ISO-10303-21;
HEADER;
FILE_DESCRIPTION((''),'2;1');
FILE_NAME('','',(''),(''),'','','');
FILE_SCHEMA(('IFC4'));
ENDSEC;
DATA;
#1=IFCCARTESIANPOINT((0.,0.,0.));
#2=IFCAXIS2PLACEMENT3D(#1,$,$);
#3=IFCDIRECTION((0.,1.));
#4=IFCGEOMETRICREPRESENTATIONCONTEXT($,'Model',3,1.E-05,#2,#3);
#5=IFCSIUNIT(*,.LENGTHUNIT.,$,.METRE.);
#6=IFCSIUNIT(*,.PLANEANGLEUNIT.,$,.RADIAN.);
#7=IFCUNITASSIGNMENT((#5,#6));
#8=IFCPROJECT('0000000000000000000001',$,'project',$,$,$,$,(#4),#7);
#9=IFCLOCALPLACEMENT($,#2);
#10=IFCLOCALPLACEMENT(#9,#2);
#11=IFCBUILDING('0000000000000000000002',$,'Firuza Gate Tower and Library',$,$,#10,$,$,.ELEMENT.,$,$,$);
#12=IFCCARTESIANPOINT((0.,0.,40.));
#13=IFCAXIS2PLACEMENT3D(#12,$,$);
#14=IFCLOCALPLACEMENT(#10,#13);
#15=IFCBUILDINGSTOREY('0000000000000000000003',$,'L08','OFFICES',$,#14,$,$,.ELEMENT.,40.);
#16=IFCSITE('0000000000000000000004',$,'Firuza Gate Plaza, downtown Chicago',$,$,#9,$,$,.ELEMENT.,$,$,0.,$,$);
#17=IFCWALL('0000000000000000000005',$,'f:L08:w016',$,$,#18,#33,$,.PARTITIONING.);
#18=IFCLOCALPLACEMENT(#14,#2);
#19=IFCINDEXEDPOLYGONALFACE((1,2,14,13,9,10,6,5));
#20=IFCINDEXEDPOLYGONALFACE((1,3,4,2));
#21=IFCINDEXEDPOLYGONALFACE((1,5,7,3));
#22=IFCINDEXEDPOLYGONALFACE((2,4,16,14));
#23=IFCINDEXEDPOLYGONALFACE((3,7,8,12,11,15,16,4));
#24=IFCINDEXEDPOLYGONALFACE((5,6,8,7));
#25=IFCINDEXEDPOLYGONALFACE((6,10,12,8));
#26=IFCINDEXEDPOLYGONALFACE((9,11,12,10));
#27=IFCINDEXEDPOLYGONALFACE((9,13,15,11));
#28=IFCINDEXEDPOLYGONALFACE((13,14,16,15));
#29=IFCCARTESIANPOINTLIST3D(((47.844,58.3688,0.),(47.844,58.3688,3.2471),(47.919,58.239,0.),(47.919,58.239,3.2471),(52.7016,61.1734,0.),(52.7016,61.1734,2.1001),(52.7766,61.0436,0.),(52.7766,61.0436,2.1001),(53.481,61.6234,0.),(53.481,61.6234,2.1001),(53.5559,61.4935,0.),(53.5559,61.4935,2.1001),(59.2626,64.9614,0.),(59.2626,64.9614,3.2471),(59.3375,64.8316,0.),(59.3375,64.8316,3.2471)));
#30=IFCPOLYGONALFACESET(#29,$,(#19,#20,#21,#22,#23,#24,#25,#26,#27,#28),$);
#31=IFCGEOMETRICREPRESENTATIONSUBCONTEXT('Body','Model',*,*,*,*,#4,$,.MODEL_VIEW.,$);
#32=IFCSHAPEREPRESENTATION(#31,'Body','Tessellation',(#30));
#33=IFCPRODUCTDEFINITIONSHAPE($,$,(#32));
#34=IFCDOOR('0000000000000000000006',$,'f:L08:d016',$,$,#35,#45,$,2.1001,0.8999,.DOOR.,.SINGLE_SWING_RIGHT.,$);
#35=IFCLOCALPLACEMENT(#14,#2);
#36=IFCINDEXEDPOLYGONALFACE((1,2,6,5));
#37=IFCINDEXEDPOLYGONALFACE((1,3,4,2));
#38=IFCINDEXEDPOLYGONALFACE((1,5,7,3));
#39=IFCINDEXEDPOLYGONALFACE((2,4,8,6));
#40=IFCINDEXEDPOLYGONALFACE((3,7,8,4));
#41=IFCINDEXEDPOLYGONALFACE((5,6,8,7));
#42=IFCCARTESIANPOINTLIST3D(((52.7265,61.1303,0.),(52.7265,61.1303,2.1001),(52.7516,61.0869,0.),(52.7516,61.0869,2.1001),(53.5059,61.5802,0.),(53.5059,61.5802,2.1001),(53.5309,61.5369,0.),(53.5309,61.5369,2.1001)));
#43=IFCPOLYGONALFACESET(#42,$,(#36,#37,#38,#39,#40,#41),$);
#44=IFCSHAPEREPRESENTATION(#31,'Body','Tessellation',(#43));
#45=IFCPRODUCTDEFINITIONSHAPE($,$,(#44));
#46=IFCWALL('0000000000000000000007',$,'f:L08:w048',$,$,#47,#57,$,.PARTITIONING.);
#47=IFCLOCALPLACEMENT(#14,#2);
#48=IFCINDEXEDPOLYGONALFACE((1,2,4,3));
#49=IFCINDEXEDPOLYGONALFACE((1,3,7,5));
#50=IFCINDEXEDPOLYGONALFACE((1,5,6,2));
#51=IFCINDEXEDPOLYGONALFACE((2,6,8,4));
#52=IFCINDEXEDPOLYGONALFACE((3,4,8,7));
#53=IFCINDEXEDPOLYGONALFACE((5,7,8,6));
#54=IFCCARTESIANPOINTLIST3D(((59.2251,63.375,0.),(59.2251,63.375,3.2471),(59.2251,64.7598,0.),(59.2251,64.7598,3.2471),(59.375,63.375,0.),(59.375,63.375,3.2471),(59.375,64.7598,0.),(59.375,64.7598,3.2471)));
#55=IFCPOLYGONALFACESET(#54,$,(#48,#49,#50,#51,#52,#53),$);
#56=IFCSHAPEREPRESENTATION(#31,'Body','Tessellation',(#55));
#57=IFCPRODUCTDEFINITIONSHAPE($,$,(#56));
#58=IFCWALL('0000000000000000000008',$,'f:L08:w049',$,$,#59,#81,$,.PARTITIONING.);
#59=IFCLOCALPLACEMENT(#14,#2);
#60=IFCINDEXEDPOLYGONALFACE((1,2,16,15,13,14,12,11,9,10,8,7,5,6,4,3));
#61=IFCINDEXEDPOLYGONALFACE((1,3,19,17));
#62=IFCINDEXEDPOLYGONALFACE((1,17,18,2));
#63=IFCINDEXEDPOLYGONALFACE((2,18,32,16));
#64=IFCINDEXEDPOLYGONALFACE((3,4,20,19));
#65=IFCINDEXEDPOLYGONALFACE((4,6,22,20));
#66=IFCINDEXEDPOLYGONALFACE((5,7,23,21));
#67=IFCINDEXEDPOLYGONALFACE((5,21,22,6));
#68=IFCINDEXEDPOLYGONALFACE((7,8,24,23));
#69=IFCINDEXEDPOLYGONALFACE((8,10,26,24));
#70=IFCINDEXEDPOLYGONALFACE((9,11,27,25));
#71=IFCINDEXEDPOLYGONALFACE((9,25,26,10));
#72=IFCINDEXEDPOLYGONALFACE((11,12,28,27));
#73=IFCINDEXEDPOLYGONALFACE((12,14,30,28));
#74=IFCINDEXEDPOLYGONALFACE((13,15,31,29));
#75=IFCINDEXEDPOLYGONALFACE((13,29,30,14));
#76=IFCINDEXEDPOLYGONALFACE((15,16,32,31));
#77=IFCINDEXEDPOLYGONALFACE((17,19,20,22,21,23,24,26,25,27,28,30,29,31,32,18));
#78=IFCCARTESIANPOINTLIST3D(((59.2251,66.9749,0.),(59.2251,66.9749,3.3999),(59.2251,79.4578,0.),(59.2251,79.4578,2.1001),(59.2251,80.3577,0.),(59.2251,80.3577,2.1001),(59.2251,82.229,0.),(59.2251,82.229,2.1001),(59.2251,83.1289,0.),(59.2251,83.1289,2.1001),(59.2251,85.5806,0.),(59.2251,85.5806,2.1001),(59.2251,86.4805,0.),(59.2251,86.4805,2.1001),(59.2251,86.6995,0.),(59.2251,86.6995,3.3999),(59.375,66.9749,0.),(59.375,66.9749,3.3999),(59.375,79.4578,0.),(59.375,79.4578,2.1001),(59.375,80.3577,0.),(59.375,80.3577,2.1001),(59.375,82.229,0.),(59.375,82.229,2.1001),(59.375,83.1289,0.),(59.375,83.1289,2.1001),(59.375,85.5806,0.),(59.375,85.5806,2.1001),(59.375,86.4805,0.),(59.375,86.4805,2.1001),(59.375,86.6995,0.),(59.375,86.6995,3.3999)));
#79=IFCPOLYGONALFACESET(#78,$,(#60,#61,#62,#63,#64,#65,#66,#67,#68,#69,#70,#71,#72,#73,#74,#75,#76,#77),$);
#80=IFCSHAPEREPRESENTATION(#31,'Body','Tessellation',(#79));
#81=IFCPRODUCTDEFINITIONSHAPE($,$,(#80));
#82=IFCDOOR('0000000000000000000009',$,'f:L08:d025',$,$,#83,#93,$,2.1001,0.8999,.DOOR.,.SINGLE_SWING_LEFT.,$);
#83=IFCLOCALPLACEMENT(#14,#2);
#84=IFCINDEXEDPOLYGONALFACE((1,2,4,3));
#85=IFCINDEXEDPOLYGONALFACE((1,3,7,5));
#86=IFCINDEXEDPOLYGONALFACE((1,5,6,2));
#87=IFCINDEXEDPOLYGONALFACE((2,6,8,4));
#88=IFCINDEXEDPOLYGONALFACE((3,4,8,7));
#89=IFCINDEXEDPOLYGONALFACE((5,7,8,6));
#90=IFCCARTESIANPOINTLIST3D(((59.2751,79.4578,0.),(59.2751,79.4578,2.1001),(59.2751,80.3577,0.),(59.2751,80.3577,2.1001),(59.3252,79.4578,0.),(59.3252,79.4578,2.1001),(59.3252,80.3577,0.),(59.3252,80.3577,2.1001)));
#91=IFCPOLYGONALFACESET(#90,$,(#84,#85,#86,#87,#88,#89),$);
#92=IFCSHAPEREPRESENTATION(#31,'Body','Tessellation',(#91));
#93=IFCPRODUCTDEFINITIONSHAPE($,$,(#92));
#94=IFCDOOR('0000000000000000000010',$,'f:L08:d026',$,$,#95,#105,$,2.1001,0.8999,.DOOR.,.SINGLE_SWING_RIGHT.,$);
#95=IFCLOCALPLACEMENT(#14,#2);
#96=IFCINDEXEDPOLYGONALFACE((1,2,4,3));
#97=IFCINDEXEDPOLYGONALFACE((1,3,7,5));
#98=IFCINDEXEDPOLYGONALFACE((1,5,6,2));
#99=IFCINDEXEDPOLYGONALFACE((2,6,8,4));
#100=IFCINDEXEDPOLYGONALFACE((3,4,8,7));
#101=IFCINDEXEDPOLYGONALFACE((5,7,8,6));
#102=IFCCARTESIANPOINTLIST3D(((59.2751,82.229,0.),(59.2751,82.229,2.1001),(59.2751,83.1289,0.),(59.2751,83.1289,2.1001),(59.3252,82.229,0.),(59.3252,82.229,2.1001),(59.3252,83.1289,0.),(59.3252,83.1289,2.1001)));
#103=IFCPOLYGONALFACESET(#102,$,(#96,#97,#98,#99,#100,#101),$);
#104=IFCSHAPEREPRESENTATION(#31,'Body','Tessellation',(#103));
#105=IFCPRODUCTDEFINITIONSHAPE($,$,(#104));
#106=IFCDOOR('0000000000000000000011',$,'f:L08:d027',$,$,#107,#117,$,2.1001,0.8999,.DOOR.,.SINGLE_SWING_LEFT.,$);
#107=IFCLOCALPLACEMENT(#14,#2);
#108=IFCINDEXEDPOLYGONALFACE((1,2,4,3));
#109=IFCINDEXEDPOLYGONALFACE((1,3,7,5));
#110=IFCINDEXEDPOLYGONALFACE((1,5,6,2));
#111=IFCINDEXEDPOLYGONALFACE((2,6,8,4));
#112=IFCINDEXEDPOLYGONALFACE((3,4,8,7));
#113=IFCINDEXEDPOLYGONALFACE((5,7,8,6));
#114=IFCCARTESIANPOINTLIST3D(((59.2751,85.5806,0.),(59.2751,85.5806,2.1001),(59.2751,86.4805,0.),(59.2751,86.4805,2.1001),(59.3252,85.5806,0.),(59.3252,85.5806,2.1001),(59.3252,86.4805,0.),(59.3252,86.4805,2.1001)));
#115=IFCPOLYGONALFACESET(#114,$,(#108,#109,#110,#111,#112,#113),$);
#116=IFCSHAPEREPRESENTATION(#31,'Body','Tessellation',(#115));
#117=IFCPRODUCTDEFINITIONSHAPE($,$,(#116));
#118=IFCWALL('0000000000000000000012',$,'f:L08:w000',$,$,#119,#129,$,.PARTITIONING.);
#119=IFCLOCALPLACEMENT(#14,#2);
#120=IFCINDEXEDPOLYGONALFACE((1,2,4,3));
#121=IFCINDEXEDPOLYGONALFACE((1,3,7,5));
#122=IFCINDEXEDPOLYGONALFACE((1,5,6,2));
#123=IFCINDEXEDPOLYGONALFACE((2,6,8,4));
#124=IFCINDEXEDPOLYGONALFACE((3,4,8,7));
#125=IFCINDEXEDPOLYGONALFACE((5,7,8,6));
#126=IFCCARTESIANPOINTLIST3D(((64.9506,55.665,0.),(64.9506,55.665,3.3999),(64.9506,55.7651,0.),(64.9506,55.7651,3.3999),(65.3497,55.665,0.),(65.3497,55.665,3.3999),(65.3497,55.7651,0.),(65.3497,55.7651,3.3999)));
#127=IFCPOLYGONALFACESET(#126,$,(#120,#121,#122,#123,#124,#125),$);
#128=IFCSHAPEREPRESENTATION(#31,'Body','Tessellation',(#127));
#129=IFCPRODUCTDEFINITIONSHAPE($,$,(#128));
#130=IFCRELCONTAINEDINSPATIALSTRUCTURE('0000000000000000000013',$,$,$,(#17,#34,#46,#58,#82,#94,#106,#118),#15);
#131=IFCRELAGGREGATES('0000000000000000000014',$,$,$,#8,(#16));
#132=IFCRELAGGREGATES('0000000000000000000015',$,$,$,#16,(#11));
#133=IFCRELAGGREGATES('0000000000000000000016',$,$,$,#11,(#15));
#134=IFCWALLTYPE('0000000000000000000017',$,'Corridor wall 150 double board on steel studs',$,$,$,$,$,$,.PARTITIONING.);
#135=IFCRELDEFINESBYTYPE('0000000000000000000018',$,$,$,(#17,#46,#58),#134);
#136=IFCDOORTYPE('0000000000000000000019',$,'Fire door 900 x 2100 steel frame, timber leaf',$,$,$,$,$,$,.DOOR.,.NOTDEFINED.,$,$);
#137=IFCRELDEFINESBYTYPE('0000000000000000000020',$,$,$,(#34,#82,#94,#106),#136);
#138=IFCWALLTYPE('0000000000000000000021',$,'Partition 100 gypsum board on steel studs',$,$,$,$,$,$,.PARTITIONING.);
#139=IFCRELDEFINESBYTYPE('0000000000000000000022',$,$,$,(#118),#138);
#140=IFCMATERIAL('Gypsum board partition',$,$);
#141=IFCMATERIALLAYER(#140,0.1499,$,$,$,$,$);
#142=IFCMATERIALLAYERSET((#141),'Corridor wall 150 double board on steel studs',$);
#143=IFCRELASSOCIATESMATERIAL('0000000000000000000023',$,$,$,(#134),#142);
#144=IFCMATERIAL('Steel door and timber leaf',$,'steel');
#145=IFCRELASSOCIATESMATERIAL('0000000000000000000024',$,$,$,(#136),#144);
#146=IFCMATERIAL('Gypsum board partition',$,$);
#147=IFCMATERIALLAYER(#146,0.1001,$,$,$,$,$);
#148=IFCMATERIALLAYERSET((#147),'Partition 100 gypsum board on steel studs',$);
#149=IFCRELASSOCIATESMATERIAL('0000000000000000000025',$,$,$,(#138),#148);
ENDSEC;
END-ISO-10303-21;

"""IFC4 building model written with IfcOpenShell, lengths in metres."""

from ifc_helpers import new_model, si_unit, direction, frame, frame_2d, origin, place, context, subcontext, project, spatial, rectangle, extrude, material, layer, layer_set, type_object, element, fill, save


model = new_model("IFC4")

# Units and contexts
model_context = context("Model", 3, precision=1e-05, world=origin(), true_north=direction((0.0, 1.0)))
body_context = subcontext(model_context, "Body", "Model", "MODEL_VIEW")
ifc_project = project(units=[si_unit("LENGTHUNIT", "METRE"), si_unit("PLANEANGLEUNIT", "RADIAN")], contexts=[model_context])

# Site, building, storey
site_placement = place(None, origin())
site = spatial("IfcSite", under=ifc_project, at=site_placement, Name="Firuza Gate Plaza, downtown Chicago", CompositionType="ELEMENT", RefElevation=0.0)
building_placement = place(site_placement, origin())
building = spatial("IfcBuilding", under=site, at=building_placement, Name="Firuza Gate Tower and Library", CompositionType="ELEMENT")
storey_placement = place(building_placement, frame((0.0, 0.0, 40.0)))
storey = spatial("IfcBuildingStorey", under=building, at=storey_placement, Name="L08", Description="OFFICES", CompositionType="ELEMENT", Elevation=40.0)

# Wall, opening, door
ifc_material_1 = material(Name="Gypsum board partition")
ifc_layer_1 = layer(ifc_material_1, 0.1499)
ifc_layer_set_1 = layer_set([ifc_layer_1], Name="Corridor wall 150 double board on steel studs")
wall_type_1 = type_object("IfcWallType", Name="Corridor wall 150 double board on steel studs", PredefinedType="PARTITIONING", material=ifc_layer_set_1)
wall_1_placement = place(storey_placement, frame((59.3, 64.8965, 0.0), z_axis=(0.0, 0.0, 1.0), x_axis=(-0.866023, -0.500005, 0.0)))
wall_1 = element("IfcWall", 1, at=wall_1_placement, inside=storey, type_object=wall_type_1, Name="f:L08:w016", PredefinedType="PARTITIONING", context=body_context, shape_type="SweptSolid", body=[
    extrude(rectangle(XDim=13.1851, YDim=0.1499, at=frame_2d((6.5925, 0.0))), origin(), (0.0, 0.0, 1.0), 3.2471),
])
opening_1_placement = place(wall_1_placement, frame((6.676, 0.0, 0.0)))
opening_1 = element("IfcOpeningElement", 2, at=opening_1_placement, cuts=wall_1, PredefinedType="OPENING", context=body_context, shape_type="SweptSolid", body=[
    extrude(rectangle(XDim=0.8999, YDim=2.1001, at=frame_2d((0.45, 1.05))), frame((0.0, 0.085, 0.0), z_axis=(0.0, -1.0, 0.0), x_axis=(1.0, 0.0, 0.0)), (0.0, 0.0, 1.0), 0.1699),
])
ifc_material_2 = material(Name="Steel door and timber leaf", Category="steel")
door_type_1 = type_object("IfcDoorType", Name="Fire door 900 x 2100 steel frame, timber leaf", OperationType="NOTDEFINED", PredefinedType="DOOR", material=ifc_material_2)
door_1_placement = place(opening_1_placement, origin())
door_1 = element("IfcDoor", 3, at=door_1_placement, inside=storey, type_object=door_type_1, Name="f:L08:d016", OperationType="SINGLE_SWING_RIGHT", OverallHeight=2.1001, OverallWidth=0.8999, PredefinedType="DOOR", context=body_context, shape_type="SweptSolid", body=[
    extrude(rectangle(XDim=0.8999, YDim=2.1001, at=frame_2d((0.45, 1.05))), frame((0.0, 0.0249, 0.0), z_axis=(0.0, -1.0, 0.0), x_axis=(1.0, 0.0, 0.0)), (0.0, 0.0, 1.0), 0.05),
])
fill(opening_1, door_1)

# Wall
wall_2_placement = place(storey_placement, frame((59.3, 63.375, 0.0), z_axis=(0.0, 0.0, 1.0), x_axis=(0.0, 1.0, 0.0)))
element("IfcWall", 4, at=wall_2_placement, inside=storey, type_object=wall_type_1, Name="f:L08:w048", PredefinedType="PARTITIONING", context=body_context, shape_type="SweptSolid", body=[
    extrude(rectangle(XDim=1.3848, YDim=0.1499, at=frame_2d((0.6924, 0.0))), origin(), (0.0, 0.0, 1.0), 3.2471),
])

# Wall, openings, doors
wall_3_placement = place(storey_placement, frame((59.3, 66.9749, 0.0), z_axis=(0.0, 0.0, 1.0), x_axis=(0.0, 1.0, 0.0)))
wall_3 = element("IfcWall", 5, at=wall_3_placement, inside=storey, type_object=wall_type_1, Name="f:L08:w049", PredefinedType="PARTITIONING", context=body_context, shape_type="SweptSolid", body=[
    extrude(rectangle(XDim=19.7246, YDim=0.1499, at=frame_2d((9.8623, 0.0))), origin(), (0.0, 0.0, 1.0), 3.3999),
])
opening_2_placement = place(wall_3_placement, frame((12.4829, 0.0, 0.0)))
opening_2 = element("IfcOpeningElement", 6, at=opening_2_placement, cuts=wall_3, PredefinedType="OPENING", context=body_context, shape_type="SweptSolid", body=[
    extrude(rectangle(XDim=0.8999, YDim=2.1001, at=frame_2d((0.45, 1.05))), frame((0.0, 0.085, 0.0), z_axis=(0.0, -1.0, 0.0), x_axis=(1.0, 0.0, 0.0)), (0.0, 0.0, 1.0), 0.1699),
])
opening_3_placement = place(wall_3_placement, frame((15.2542, 0.0, 0.0)))
opening_3 = element("IfcOpeningElement", 7, at=opening_3_placement, cuts=wall_3, PredefinedType="OPENING", context=body_context, shape_type="SweptSolid", body=[
    extrude(rectangle(XDim=0.8999, YDim=2.1001, at=frame_2d((0.45, 1.05))), frame((0.0, 0.085, 0.0), z_axis=(0.0, -1.0, 0.0), x_axis=(1.0, 0.0, 0.0)), (0.0, 0.0, 1.0), 0.1699),
])
opening_4_placement = place(wall_3_placement, frame((18.6057, 0.0, 0.0)))
opening_4 = element("IfcOpeningElement", 8, at=opening_4_placement, cuts=wall_3, PredefinedType="OPENING", context=body_context, shape_type="SweptSolid", body=[
    extrude(rectangle(XDim=0.8999, YDim=2.1001, at=frame_2d((0.45, 1.05))), frame((0.0, 0.085, 0.0), z_axis=(0.0, -1.0, 0.0), x_axis=(1.0, 0.0, 0.0)), (0.0, 0.0, 1.0), 0.1699),
])
door_2_placement = place(opening_2_placement, origin())
door_2 = element("IfcDoor", 9, at=door_2_placement, inside=storey, type_object=door_type_1, Name="f:L08:d025", OperationType="SINGLE_SWING_LEFT", OverallHeight=2.1001, OverallWidth=0.8999, PredefinedType="DOOR", context=body_context, shape_type="SweptSolid", body=[
    extrude(rectangle(XDim=0.8999, YDim=2.1001, at=frame_2d((0.45, 1.05))), frame((0.0, 0.0249, 0.0), z_axis=(0.0, -1.0, 0.0), x_axis=(1.0, 0.0, 0.0)), (0.0, 0.0, 1.0), 0.05),
])
fill(opening_2, door_2)
door_3_placement = place(opening_3_placement, origin())
door_3 = element("IfcDoor", 10, at=door_3_placement, inside=storey, type_object=door_type_1, Name="f:L08:d026", OperationType="SINGLE_SWING_RIGHT", OverallHeight=2.1001, OverallWidth=0.8999, PredefinedType="DOOR", context=body_context, shape_type="SweptSolid", body=[
    extrude(rectangle(XDim=0.8999, YDim=2.1001, at=frame_2d((0.45, 1.05))), frame((0.0, 0.0249, 0.0), z_axis=(0.0, -1.0, 0.0), x_axis=(1.0, 0.0, 0.0)), (0.0, 0.0, 1.0), 0.05),
])
fill(opening_3, door_3)
door_4_placement = place(opening_4_placement, origin())
door_4 = element("IfcDoor", 11, at=door_4_placement, inside=storey, type_object=door_type_1, Name="f:L08:d027", OperationType="SINGLE_SWING_LEFT", OverallHeight=2.1001, OverallWidth=0.8999, PredefinedType="DOOR", context=body_context, shape_type="SweptSolid", body=[
    extrude(rectangle(XDim=0.8999, YDim=2.1001, at=frame_2d((0.45, 1.05))), frame((0.0, 0.0249, 0.0), z_axis=(0.0, -1.0, 0.0), x_axis=(1.0, 0.0, 0.0)), (0.0, 0.0, 1.0), 0.05),
])
fill(opening_4, door_4)

# Wall
ifc_material_3 = material(Name="Gypsum board partition")
ifc_layer_2 = layer(ifc_material_3, 0.1001)
ifc_layer_set_2 = layer_set([ifc_layer_2], Name="Partition 100 gypsum board on steel studs")
wall_type_2 = type_object("IfcWallType", Name="Partition 100 gypsum board on steel studs", PredefinedType="PARTITIONING", material=ifc_layer_set_2)
wall_4_placement = place(storey_placement, frame((64.9504, 55.7151, 0.0), z_axis=(0.0, 0.0, 1.0), x_axis=(1.0, 0.0, 0.0)))
element("IfcWall", 12, at=wall_4_placement, inside=storey, type_object=wall_type_2, Name="f:L08:w000", PredefinedType="PARTITIONING", context=body_context, shape_type="SweptSolid", body=[
    extrude(rectangle(XDim=0.3992, YDim=0.1001, at=frame_2d((0.1997, 0.0))), origin(), (0.0, 0.0, 1.0), 3.3999),
])

save(model, "model.ifc")
